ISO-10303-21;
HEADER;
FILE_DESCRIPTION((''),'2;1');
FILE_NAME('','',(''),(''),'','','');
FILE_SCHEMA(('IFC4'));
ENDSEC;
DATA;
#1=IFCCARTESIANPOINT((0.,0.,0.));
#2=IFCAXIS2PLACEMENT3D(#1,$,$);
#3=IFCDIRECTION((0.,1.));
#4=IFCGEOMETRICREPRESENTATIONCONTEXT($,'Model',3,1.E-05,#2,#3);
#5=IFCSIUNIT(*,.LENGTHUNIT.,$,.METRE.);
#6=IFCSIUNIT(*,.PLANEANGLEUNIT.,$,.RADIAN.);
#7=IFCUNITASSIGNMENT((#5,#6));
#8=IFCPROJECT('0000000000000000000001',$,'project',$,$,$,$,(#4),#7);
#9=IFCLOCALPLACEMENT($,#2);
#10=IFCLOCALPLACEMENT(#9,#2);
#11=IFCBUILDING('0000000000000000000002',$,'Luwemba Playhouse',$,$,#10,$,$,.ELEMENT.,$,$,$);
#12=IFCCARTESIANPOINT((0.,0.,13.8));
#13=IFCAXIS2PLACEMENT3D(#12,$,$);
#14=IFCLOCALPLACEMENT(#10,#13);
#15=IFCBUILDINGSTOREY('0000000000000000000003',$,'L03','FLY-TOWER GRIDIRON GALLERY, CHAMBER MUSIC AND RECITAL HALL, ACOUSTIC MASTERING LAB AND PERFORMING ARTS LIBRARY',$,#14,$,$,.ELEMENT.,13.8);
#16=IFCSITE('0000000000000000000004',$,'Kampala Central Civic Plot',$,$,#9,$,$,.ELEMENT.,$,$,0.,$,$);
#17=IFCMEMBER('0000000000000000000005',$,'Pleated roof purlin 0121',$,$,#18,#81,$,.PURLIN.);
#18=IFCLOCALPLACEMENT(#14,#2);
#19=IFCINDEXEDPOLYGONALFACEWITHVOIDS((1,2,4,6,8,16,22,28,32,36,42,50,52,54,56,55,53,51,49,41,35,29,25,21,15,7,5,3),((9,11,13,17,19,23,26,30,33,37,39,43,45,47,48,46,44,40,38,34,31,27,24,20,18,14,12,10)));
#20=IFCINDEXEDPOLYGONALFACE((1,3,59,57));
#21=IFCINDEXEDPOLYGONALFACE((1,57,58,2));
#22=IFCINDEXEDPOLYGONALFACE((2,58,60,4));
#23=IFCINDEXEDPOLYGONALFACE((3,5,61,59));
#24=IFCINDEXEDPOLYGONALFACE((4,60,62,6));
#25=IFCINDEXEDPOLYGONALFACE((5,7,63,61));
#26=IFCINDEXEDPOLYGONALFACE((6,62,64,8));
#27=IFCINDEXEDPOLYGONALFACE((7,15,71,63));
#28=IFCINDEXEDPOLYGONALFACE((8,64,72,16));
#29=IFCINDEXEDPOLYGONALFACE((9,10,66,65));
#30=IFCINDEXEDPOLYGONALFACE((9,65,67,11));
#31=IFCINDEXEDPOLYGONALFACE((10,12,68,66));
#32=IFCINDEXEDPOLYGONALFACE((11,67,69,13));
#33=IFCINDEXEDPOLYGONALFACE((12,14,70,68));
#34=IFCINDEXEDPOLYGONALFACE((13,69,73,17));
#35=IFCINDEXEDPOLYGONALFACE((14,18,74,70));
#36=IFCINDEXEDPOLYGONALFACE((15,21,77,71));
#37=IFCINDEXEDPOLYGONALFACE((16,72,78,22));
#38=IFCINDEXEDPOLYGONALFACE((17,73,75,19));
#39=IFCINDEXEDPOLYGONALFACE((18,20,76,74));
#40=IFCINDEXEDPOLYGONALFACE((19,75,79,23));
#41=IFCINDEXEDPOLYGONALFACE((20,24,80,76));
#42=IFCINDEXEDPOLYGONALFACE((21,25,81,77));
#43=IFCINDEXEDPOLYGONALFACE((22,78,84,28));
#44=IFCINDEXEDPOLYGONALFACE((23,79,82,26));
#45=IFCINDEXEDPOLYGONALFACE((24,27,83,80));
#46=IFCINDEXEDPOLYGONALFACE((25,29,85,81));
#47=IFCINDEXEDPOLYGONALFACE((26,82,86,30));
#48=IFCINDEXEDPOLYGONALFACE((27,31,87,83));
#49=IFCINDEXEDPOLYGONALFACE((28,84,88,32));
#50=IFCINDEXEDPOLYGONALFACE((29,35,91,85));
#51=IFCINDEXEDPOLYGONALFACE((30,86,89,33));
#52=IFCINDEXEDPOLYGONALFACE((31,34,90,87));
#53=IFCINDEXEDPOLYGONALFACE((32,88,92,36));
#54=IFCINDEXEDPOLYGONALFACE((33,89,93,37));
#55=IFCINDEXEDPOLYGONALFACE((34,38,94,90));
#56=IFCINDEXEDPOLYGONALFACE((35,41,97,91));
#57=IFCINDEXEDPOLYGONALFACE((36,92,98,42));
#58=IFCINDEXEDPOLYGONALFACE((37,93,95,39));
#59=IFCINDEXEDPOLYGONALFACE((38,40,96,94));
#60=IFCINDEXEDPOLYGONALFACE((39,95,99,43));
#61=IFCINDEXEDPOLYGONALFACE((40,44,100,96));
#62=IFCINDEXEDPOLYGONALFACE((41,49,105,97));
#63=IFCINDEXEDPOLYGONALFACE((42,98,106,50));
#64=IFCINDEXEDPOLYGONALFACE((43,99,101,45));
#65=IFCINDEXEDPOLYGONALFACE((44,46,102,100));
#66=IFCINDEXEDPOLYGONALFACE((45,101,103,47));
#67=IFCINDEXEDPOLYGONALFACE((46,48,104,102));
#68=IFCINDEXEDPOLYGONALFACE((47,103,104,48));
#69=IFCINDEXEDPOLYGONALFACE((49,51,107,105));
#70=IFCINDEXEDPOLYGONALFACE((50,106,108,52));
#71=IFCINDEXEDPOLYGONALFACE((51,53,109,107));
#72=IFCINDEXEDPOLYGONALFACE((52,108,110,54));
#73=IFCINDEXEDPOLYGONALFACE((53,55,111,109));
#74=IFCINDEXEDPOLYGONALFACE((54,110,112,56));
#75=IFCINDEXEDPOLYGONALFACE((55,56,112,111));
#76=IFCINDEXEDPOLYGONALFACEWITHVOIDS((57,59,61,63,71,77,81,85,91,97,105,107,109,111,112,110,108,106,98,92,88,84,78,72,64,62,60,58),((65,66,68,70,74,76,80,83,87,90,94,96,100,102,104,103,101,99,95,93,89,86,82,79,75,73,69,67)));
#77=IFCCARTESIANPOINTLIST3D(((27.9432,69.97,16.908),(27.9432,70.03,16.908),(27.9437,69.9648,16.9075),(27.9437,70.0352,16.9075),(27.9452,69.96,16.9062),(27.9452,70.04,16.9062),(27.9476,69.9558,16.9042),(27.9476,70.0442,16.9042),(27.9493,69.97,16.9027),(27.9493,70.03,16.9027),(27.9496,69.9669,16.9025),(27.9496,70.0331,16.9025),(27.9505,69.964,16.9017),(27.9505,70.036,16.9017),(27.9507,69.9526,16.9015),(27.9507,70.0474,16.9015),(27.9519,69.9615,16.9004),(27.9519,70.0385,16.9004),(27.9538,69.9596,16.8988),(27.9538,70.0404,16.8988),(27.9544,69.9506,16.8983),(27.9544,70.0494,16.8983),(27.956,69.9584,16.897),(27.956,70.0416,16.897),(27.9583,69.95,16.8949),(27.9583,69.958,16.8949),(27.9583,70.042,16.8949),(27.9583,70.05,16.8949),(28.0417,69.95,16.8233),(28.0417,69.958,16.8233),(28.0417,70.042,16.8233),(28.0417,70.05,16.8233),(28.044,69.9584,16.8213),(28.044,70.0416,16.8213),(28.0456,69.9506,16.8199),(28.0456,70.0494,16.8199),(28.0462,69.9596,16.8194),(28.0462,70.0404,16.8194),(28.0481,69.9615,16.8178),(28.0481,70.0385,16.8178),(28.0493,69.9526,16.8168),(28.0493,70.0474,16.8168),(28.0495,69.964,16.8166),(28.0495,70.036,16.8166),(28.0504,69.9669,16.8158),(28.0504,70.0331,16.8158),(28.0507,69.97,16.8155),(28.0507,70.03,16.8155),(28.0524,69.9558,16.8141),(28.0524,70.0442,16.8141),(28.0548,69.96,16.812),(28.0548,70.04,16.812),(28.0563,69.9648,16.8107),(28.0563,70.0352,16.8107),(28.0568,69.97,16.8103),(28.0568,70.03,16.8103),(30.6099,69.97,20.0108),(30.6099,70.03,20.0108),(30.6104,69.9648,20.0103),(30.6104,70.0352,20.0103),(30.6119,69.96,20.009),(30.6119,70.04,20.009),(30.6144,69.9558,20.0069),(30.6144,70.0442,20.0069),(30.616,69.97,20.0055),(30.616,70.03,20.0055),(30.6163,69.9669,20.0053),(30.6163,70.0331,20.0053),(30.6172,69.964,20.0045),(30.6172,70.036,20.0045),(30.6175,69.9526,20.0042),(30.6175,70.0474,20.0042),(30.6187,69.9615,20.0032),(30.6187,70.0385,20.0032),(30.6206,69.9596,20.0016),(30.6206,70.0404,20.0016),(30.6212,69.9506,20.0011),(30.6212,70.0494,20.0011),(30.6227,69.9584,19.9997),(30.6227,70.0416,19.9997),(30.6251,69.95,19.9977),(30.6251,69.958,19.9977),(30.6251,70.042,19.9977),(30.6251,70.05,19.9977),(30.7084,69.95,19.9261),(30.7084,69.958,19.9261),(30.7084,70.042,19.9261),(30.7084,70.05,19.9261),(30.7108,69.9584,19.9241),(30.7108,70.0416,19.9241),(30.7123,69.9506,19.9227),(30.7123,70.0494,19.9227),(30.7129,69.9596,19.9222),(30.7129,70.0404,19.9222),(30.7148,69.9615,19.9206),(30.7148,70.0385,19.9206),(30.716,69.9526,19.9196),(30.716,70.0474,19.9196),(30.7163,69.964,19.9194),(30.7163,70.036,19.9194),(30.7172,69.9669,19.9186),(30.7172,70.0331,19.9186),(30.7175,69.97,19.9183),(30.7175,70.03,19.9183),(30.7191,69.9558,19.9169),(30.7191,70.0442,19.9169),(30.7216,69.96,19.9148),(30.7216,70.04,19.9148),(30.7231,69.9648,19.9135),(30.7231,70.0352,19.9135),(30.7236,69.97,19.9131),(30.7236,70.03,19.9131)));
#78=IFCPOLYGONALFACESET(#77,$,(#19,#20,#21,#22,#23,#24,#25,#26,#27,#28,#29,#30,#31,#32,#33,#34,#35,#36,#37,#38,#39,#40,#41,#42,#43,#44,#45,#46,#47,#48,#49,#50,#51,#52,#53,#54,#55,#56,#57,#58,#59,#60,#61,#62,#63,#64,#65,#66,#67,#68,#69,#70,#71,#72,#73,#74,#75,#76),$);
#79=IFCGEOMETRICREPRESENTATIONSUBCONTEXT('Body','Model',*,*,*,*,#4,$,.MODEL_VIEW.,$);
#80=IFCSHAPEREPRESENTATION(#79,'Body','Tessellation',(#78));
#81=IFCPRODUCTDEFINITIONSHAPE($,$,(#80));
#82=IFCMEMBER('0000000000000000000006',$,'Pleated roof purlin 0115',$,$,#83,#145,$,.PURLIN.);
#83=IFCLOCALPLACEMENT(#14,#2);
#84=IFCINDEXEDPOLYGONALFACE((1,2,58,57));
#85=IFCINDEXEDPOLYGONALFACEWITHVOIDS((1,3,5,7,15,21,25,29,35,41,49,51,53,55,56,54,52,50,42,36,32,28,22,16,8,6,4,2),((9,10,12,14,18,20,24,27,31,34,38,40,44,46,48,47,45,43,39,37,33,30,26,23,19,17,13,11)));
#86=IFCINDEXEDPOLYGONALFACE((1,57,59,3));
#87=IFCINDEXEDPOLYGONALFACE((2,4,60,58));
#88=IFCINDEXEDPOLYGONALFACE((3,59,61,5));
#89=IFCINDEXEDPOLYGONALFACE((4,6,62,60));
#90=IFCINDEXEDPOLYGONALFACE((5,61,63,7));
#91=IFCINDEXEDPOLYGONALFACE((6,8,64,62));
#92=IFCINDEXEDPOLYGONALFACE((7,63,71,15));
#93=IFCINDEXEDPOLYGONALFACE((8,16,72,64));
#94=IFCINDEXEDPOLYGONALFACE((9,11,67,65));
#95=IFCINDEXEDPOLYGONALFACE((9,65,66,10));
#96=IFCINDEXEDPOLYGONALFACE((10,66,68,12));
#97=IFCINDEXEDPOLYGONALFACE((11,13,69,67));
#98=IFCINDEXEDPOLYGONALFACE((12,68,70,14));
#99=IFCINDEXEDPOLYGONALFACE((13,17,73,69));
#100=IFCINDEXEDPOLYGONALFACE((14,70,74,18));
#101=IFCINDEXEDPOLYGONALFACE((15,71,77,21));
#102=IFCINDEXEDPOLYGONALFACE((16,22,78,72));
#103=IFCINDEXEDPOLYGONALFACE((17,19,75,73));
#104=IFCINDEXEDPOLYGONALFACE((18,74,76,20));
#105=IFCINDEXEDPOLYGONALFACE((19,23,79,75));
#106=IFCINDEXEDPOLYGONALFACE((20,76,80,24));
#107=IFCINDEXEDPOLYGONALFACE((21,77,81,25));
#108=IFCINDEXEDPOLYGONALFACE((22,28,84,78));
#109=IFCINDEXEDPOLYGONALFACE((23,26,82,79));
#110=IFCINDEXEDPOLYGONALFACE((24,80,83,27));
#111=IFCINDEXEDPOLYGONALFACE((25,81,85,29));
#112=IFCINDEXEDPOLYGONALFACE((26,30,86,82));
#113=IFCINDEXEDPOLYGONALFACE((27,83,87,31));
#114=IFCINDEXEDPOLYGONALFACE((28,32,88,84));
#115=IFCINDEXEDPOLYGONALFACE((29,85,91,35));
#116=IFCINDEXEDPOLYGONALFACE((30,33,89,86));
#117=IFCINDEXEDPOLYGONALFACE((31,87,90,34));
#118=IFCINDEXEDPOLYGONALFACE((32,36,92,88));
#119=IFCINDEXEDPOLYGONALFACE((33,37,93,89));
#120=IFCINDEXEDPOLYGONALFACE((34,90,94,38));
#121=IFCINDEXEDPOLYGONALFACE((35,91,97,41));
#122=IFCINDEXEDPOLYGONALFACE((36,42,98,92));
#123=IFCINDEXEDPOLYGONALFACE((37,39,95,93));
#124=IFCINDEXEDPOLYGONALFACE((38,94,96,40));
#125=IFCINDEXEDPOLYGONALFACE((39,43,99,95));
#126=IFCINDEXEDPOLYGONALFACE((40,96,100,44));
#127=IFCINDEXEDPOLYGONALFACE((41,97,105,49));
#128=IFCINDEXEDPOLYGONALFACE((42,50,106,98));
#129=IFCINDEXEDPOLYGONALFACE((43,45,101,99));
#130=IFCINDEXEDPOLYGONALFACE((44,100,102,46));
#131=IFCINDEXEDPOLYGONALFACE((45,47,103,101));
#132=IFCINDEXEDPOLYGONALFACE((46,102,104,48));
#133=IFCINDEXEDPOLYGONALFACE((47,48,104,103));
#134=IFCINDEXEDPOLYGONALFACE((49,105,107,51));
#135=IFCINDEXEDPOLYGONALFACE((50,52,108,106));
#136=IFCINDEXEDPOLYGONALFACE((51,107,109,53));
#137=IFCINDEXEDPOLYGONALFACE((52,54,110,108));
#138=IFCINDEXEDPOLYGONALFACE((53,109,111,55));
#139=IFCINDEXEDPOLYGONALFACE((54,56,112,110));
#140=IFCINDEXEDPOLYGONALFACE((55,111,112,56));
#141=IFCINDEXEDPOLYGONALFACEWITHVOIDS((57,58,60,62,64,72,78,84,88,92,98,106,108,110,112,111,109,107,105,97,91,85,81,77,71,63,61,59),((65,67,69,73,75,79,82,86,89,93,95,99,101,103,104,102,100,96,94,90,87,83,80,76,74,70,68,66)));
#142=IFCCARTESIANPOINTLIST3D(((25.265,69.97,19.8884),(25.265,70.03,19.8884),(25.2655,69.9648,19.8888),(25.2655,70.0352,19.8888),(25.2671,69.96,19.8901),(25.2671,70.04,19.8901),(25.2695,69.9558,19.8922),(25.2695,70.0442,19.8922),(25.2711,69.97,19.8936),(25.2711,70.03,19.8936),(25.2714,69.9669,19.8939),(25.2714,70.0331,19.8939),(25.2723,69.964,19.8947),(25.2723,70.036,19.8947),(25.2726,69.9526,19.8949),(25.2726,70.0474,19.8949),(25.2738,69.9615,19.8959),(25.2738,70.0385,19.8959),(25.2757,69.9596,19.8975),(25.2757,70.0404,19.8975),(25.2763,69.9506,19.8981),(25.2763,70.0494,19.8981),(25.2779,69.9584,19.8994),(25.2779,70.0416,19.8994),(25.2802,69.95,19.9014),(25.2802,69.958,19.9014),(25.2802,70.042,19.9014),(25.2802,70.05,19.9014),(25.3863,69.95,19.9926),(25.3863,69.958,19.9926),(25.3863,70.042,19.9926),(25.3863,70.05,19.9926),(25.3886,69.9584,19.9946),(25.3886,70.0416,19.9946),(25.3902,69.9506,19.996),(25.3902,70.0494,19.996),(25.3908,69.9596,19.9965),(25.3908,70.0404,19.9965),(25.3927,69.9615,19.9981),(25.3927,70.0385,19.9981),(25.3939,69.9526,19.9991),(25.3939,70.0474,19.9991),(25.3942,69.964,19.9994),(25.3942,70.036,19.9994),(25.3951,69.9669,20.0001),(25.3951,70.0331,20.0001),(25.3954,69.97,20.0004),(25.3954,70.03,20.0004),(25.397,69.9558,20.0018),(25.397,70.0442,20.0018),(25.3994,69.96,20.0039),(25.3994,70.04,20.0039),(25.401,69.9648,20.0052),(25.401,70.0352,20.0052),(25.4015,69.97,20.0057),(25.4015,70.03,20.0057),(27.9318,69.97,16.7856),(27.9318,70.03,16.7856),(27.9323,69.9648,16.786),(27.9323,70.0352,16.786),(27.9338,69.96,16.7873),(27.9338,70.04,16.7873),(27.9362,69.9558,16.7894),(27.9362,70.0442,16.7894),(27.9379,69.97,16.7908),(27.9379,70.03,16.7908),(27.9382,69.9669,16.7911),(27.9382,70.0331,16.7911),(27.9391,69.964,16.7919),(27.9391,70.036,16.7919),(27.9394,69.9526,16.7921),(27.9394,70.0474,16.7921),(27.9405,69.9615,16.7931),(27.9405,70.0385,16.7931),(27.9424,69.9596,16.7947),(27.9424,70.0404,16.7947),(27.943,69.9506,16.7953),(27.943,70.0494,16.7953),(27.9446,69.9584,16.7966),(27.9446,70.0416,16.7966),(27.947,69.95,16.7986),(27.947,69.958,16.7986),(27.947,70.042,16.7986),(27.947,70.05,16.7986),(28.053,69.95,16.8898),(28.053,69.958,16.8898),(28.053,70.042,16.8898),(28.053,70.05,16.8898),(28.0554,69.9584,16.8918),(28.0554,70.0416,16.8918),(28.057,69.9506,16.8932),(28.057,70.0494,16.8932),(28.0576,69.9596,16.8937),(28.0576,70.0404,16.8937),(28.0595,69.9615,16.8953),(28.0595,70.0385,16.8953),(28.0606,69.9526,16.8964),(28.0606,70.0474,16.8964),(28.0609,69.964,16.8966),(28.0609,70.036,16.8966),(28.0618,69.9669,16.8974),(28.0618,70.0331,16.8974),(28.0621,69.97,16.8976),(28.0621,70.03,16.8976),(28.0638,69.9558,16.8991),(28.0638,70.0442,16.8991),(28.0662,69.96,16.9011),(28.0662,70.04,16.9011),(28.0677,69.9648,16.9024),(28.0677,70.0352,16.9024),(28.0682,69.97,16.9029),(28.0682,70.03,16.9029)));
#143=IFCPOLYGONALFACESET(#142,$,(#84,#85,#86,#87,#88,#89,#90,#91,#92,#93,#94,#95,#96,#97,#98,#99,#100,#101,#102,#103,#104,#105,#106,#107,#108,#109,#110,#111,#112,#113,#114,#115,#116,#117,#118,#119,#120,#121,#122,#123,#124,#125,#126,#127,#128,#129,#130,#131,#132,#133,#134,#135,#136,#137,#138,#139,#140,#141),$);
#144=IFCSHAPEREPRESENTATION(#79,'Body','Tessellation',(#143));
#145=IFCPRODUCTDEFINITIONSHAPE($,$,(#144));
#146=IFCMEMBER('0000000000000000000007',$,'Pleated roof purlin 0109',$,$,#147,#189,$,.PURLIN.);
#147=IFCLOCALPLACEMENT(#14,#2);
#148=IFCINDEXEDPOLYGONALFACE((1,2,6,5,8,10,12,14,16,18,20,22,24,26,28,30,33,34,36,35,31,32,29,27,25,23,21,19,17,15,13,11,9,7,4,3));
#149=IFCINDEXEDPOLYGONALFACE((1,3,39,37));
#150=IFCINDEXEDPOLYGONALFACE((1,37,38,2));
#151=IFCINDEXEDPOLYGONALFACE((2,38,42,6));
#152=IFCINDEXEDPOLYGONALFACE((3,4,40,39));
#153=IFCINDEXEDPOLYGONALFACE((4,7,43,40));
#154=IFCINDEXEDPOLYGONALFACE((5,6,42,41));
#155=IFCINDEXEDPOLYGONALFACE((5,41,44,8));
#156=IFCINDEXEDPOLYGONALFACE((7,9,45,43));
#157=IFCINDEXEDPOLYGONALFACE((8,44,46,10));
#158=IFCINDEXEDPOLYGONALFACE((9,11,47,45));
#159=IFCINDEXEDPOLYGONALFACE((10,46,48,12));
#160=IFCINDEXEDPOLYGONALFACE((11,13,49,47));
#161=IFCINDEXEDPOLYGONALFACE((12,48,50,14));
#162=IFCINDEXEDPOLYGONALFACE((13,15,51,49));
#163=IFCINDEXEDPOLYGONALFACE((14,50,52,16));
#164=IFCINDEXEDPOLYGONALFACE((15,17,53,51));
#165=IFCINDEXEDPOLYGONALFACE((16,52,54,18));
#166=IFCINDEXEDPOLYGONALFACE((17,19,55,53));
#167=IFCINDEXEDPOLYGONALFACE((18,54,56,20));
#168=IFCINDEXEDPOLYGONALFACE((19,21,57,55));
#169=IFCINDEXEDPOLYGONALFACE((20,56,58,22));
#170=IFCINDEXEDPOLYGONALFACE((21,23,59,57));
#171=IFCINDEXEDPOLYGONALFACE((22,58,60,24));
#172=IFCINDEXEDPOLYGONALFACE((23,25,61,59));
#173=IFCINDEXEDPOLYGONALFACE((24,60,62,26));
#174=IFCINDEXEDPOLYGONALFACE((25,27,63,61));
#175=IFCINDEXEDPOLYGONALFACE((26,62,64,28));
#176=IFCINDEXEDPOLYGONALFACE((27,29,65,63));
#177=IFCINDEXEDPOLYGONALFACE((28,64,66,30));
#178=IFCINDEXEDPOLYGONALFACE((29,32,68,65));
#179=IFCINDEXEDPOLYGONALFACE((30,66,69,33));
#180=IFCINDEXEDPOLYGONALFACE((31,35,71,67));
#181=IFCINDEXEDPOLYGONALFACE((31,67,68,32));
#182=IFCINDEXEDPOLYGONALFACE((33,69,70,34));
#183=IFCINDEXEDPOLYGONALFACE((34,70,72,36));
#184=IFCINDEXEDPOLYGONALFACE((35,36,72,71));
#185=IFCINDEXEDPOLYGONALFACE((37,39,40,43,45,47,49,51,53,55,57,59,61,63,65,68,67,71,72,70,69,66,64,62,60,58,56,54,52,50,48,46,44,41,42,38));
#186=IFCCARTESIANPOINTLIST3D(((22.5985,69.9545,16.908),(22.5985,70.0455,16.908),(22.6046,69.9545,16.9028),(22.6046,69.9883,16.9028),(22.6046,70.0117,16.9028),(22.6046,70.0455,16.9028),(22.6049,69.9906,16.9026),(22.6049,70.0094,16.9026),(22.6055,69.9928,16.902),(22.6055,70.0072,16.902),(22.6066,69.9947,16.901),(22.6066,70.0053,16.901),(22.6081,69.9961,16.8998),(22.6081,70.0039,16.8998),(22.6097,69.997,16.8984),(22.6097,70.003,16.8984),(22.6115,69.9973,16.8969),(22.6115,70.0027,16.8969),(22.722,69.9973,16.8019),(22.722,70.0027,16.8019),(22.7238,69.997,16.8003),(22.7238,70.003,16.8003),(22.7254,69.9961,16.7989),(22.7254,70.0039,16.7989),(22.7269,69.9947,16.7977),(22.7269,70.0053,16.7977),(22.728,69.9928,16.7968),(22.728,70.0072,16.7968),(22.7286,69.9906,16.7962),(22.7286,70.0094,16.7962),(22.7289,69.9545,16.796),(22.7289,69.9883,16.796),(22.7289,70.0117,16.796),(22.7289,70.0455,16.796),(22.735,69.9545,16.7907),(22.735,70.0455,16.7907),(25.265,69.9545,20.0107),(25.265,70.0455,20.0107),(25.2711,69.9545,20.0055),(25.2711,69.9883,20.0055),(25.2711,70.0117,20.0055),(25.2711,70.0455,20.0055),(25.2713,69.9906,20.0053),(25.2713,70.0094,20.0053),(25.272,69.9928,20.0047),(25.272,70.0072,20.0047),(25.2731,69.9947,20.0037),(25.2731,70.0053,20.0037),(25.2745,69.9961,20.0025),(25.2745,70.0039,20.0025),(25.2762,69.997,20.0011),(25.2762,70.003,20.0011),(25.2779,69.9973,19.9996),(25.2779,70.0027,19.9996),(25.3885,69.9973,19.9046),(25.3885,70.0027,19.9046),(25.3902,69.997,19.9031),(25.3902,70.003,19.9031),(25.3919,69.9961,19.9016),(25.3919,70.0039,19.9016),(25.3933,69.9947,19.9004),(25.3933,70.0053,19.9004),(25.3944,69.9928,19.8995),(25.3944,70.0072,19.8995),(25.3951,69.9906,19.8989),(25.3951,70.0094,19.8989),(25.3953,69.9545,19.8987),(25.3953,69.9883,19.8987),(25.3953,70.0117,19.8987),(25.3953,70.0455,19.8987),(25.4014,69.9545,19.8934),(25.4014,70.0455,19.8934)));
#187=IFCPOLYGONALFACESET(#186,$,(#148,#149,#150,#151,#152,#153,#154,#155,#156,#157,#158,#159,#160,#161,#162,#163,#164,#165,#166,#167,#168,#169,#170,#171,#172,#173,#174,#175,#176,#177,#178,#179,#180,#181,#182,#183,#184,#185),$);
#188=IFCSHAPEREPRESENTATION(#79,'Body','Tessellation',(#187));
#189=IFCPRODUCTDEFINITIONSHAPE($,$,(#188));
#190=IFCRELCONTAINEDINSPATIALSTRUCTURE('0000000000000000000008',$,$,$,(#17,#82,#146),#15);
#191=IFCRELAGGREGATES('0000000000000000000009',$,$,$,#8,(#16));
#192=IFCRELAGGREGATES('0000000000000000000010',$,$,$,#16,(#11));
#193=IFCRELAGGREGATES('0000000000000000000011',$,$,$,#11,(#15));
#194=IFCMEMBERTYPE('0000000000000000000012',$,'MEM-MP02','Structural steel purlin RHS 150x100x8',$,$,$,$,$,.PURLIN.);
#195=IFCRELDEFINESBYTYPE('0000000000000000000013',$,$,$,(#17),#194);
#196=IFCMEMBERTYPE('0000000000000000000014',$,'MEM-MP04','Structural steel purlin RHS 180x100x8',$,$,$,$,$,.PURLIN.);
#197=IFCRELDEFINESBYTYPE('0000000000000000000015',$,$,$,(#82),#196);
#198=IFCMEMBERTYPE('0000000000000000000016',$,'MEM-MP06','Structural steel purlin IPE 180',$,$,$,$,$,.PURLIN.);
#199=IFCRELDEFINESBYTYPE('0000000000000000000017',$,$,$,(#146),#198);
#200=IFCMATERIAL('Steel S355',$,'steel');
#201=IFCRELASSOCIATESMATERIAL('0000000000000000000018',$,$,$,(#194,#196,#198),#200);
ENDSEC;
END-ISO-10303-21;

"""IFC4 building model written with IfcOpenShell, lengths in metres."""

from ifc_helpers import new_model, si_unit, direction, frame, origin, origin_2d, place, context, subcontext, project, spatial, hollow_rectangle, i_section, extrude, material, material_profile, profile_set, type_object, element, save


model = new_model("IFC4")

# Units and contexts
model_context = context("Model", 3, precision=1e-05, world=origin(), true_north=direction((0.0, 1.0)))
body_context = subcontext(model_context, "Body", "Model", "MODEL_VIEW")
ifc_project = project(units=[si_unit("LENGTHUNIT", "METRE"), si_unit("PLANEANGLEUNIT", "RADIAN")], contexts=[model_context])

# Site, building, storey
site_placement = place(None, origin())
site = spatial("IfcSite", under=ifc_project, at=site_placement, Name="Kampala Central Civic Plot", CompositionType="ELEMENT", RefElevation=0.0)
building_placement = place(site_placement, origin())
building = spatial("IfcBuilding", under=site, at=building_placement, Name="Luwemba Playhouse", CompositionType="ELEMENT")
storey_placement = place(building_placement, frame((0.0, 0.0, 13.8)))
storey = spatial("IfcBuildingStorey", under=building, at=storey_placement, Name="L03", Description="FLY-TOWER GRIDIRON GALLERY, CHAMBER MUSIC AND RECITAL HALL, ACOUSTIC MASTERING LAB AND PERFORMING ARTS LIBRARY", CompositionType="ELEMENT", Elevation=13.8)

# Shared definitions
ifc_material_1 = material(Name="Steel S355", Category="steel")

# Members
ifc_material_profile_1 = material_profile(ifc_material_1, hollow_rectangle(XDim=0.1001, YDim=0.1499, WallThickness=0.0081, InnerFilletRadius=0.012, OuterFilletRadius=0.02, at=origin_2d()))
ifc_profile_set_1 = profile_set([ifc_material_profile_1], Name="Steel S355")
member_type_1 = type_object("IfcMemberType", Name="MEM-MP02", Description="Structural steel purlin RHS 150x100x8", PredefinedType="PURLIN", material=ifc_profile_set_1)
member_1_placement = place(storey_placement, frame((28.0, 70.0, 16.8591), z_axis=(0.651808, 0.0, 0.758384), x_axis=(0.0, 1.0, 0.0)))
element("IfcMember", 1, at=member_1_placement, inside=storey, type_object=member_type_1, Name="Pleated roof purlin 0121", PredefinedType="PURLIN", context=body_context, shape_type="SweptSolid", body=[
    extrude(hollow_rectangle(XDim=0.1001, YDim=0.1499, WallThickness=0.0081, InnerFilletRadius=0.012, OuterFilletRadius=0.02, at=origin_2d()), origin(), (0.0, 0.0, 1.0), 4.0913),
])
ifc_material_profile_2 = material_profile(ifc_material_1, hollow_rectangle(XDim=0.1001, YDim=0.1799, WallThickness=0.0081, InnerFilletRadius=0.012, OuterFilletRadius=0.02, at=origin_2d()))
ifc_profile_set_2 = profile_set([ifc_material_profile_2], Name="Steel S355")
member_type_2 = type_object("IfcMemberType", Name="MEM-MP04", Description="Structural steel purlin RHS 180x100x8", PredefinedType="PURLIN", material=ifc_profile_set_2)
member_2_placement = place(storey_placement, frame((25.3333, 70.0, 19.947), z_axis=(0.651808, 0.0, -0.758384), x_axis=(0.0, 1.0, 0.0)))
element("IfcMember", 2, at=member_2_placement, inside=storey, type_object=member_type_2, Name="Pleated roof purlin 0115", PredefinedType="PURLIN", context=body_context, shape_type="SweptSolid", body=[
    extrude(hollow_rectangle(XDim=0.1001, YDim=0.1799, WallThickness=0.0081, InnerFilletRadius=0.012, OuterFilletRadius=0.02, at=origin_2d()), origin(), (0.0, 0.0, 1.0), 4.0913),
])
ifc_material_profile_3 = material_profile(ifc_material_1, i_section(OverallWidth=0.0911, OverallDepth=0.1799, WebThickness=0.0054, FlangeThickness=0.0081, FilletRadius=0.009, at=origin_2d()))
ifc_profile_set_3 = profile_set([ifc_material_profile_3], Name="Steel S355")
member_type_3 = type_object("IfcMemberType", Name="MEM-MP06", Description="Structural steel purlin IPE 180", PredefinedType="PURLIN", material=ifc_profile_set_3)
member_3_placement = place(storey_placement, frame((22.6667, 70.0, 16.8494), z_axis=(0.651774, 0.0, 0.758413), x_axis=(0.0, 1.0, 0.0)))
element("IfcMember", 3, at=member_3_placement, inside=storey, type_object=member_type_3, Name="Pleated roof purlin 0109", PredefinedType="PURLIN", context=body_context, shape_type="SweptSolid", body=[
    extrude(i_section(OverallWidth=0.0911, OverallDepth=0.1799, WebThickness=0.0054, FlangeThickness=0.0081, FilletRadius=0.009, at=origin_2d()), origin(), (0.0, 0.0, 1.0), 4.0911),
])

save(model, "model.ifc")
